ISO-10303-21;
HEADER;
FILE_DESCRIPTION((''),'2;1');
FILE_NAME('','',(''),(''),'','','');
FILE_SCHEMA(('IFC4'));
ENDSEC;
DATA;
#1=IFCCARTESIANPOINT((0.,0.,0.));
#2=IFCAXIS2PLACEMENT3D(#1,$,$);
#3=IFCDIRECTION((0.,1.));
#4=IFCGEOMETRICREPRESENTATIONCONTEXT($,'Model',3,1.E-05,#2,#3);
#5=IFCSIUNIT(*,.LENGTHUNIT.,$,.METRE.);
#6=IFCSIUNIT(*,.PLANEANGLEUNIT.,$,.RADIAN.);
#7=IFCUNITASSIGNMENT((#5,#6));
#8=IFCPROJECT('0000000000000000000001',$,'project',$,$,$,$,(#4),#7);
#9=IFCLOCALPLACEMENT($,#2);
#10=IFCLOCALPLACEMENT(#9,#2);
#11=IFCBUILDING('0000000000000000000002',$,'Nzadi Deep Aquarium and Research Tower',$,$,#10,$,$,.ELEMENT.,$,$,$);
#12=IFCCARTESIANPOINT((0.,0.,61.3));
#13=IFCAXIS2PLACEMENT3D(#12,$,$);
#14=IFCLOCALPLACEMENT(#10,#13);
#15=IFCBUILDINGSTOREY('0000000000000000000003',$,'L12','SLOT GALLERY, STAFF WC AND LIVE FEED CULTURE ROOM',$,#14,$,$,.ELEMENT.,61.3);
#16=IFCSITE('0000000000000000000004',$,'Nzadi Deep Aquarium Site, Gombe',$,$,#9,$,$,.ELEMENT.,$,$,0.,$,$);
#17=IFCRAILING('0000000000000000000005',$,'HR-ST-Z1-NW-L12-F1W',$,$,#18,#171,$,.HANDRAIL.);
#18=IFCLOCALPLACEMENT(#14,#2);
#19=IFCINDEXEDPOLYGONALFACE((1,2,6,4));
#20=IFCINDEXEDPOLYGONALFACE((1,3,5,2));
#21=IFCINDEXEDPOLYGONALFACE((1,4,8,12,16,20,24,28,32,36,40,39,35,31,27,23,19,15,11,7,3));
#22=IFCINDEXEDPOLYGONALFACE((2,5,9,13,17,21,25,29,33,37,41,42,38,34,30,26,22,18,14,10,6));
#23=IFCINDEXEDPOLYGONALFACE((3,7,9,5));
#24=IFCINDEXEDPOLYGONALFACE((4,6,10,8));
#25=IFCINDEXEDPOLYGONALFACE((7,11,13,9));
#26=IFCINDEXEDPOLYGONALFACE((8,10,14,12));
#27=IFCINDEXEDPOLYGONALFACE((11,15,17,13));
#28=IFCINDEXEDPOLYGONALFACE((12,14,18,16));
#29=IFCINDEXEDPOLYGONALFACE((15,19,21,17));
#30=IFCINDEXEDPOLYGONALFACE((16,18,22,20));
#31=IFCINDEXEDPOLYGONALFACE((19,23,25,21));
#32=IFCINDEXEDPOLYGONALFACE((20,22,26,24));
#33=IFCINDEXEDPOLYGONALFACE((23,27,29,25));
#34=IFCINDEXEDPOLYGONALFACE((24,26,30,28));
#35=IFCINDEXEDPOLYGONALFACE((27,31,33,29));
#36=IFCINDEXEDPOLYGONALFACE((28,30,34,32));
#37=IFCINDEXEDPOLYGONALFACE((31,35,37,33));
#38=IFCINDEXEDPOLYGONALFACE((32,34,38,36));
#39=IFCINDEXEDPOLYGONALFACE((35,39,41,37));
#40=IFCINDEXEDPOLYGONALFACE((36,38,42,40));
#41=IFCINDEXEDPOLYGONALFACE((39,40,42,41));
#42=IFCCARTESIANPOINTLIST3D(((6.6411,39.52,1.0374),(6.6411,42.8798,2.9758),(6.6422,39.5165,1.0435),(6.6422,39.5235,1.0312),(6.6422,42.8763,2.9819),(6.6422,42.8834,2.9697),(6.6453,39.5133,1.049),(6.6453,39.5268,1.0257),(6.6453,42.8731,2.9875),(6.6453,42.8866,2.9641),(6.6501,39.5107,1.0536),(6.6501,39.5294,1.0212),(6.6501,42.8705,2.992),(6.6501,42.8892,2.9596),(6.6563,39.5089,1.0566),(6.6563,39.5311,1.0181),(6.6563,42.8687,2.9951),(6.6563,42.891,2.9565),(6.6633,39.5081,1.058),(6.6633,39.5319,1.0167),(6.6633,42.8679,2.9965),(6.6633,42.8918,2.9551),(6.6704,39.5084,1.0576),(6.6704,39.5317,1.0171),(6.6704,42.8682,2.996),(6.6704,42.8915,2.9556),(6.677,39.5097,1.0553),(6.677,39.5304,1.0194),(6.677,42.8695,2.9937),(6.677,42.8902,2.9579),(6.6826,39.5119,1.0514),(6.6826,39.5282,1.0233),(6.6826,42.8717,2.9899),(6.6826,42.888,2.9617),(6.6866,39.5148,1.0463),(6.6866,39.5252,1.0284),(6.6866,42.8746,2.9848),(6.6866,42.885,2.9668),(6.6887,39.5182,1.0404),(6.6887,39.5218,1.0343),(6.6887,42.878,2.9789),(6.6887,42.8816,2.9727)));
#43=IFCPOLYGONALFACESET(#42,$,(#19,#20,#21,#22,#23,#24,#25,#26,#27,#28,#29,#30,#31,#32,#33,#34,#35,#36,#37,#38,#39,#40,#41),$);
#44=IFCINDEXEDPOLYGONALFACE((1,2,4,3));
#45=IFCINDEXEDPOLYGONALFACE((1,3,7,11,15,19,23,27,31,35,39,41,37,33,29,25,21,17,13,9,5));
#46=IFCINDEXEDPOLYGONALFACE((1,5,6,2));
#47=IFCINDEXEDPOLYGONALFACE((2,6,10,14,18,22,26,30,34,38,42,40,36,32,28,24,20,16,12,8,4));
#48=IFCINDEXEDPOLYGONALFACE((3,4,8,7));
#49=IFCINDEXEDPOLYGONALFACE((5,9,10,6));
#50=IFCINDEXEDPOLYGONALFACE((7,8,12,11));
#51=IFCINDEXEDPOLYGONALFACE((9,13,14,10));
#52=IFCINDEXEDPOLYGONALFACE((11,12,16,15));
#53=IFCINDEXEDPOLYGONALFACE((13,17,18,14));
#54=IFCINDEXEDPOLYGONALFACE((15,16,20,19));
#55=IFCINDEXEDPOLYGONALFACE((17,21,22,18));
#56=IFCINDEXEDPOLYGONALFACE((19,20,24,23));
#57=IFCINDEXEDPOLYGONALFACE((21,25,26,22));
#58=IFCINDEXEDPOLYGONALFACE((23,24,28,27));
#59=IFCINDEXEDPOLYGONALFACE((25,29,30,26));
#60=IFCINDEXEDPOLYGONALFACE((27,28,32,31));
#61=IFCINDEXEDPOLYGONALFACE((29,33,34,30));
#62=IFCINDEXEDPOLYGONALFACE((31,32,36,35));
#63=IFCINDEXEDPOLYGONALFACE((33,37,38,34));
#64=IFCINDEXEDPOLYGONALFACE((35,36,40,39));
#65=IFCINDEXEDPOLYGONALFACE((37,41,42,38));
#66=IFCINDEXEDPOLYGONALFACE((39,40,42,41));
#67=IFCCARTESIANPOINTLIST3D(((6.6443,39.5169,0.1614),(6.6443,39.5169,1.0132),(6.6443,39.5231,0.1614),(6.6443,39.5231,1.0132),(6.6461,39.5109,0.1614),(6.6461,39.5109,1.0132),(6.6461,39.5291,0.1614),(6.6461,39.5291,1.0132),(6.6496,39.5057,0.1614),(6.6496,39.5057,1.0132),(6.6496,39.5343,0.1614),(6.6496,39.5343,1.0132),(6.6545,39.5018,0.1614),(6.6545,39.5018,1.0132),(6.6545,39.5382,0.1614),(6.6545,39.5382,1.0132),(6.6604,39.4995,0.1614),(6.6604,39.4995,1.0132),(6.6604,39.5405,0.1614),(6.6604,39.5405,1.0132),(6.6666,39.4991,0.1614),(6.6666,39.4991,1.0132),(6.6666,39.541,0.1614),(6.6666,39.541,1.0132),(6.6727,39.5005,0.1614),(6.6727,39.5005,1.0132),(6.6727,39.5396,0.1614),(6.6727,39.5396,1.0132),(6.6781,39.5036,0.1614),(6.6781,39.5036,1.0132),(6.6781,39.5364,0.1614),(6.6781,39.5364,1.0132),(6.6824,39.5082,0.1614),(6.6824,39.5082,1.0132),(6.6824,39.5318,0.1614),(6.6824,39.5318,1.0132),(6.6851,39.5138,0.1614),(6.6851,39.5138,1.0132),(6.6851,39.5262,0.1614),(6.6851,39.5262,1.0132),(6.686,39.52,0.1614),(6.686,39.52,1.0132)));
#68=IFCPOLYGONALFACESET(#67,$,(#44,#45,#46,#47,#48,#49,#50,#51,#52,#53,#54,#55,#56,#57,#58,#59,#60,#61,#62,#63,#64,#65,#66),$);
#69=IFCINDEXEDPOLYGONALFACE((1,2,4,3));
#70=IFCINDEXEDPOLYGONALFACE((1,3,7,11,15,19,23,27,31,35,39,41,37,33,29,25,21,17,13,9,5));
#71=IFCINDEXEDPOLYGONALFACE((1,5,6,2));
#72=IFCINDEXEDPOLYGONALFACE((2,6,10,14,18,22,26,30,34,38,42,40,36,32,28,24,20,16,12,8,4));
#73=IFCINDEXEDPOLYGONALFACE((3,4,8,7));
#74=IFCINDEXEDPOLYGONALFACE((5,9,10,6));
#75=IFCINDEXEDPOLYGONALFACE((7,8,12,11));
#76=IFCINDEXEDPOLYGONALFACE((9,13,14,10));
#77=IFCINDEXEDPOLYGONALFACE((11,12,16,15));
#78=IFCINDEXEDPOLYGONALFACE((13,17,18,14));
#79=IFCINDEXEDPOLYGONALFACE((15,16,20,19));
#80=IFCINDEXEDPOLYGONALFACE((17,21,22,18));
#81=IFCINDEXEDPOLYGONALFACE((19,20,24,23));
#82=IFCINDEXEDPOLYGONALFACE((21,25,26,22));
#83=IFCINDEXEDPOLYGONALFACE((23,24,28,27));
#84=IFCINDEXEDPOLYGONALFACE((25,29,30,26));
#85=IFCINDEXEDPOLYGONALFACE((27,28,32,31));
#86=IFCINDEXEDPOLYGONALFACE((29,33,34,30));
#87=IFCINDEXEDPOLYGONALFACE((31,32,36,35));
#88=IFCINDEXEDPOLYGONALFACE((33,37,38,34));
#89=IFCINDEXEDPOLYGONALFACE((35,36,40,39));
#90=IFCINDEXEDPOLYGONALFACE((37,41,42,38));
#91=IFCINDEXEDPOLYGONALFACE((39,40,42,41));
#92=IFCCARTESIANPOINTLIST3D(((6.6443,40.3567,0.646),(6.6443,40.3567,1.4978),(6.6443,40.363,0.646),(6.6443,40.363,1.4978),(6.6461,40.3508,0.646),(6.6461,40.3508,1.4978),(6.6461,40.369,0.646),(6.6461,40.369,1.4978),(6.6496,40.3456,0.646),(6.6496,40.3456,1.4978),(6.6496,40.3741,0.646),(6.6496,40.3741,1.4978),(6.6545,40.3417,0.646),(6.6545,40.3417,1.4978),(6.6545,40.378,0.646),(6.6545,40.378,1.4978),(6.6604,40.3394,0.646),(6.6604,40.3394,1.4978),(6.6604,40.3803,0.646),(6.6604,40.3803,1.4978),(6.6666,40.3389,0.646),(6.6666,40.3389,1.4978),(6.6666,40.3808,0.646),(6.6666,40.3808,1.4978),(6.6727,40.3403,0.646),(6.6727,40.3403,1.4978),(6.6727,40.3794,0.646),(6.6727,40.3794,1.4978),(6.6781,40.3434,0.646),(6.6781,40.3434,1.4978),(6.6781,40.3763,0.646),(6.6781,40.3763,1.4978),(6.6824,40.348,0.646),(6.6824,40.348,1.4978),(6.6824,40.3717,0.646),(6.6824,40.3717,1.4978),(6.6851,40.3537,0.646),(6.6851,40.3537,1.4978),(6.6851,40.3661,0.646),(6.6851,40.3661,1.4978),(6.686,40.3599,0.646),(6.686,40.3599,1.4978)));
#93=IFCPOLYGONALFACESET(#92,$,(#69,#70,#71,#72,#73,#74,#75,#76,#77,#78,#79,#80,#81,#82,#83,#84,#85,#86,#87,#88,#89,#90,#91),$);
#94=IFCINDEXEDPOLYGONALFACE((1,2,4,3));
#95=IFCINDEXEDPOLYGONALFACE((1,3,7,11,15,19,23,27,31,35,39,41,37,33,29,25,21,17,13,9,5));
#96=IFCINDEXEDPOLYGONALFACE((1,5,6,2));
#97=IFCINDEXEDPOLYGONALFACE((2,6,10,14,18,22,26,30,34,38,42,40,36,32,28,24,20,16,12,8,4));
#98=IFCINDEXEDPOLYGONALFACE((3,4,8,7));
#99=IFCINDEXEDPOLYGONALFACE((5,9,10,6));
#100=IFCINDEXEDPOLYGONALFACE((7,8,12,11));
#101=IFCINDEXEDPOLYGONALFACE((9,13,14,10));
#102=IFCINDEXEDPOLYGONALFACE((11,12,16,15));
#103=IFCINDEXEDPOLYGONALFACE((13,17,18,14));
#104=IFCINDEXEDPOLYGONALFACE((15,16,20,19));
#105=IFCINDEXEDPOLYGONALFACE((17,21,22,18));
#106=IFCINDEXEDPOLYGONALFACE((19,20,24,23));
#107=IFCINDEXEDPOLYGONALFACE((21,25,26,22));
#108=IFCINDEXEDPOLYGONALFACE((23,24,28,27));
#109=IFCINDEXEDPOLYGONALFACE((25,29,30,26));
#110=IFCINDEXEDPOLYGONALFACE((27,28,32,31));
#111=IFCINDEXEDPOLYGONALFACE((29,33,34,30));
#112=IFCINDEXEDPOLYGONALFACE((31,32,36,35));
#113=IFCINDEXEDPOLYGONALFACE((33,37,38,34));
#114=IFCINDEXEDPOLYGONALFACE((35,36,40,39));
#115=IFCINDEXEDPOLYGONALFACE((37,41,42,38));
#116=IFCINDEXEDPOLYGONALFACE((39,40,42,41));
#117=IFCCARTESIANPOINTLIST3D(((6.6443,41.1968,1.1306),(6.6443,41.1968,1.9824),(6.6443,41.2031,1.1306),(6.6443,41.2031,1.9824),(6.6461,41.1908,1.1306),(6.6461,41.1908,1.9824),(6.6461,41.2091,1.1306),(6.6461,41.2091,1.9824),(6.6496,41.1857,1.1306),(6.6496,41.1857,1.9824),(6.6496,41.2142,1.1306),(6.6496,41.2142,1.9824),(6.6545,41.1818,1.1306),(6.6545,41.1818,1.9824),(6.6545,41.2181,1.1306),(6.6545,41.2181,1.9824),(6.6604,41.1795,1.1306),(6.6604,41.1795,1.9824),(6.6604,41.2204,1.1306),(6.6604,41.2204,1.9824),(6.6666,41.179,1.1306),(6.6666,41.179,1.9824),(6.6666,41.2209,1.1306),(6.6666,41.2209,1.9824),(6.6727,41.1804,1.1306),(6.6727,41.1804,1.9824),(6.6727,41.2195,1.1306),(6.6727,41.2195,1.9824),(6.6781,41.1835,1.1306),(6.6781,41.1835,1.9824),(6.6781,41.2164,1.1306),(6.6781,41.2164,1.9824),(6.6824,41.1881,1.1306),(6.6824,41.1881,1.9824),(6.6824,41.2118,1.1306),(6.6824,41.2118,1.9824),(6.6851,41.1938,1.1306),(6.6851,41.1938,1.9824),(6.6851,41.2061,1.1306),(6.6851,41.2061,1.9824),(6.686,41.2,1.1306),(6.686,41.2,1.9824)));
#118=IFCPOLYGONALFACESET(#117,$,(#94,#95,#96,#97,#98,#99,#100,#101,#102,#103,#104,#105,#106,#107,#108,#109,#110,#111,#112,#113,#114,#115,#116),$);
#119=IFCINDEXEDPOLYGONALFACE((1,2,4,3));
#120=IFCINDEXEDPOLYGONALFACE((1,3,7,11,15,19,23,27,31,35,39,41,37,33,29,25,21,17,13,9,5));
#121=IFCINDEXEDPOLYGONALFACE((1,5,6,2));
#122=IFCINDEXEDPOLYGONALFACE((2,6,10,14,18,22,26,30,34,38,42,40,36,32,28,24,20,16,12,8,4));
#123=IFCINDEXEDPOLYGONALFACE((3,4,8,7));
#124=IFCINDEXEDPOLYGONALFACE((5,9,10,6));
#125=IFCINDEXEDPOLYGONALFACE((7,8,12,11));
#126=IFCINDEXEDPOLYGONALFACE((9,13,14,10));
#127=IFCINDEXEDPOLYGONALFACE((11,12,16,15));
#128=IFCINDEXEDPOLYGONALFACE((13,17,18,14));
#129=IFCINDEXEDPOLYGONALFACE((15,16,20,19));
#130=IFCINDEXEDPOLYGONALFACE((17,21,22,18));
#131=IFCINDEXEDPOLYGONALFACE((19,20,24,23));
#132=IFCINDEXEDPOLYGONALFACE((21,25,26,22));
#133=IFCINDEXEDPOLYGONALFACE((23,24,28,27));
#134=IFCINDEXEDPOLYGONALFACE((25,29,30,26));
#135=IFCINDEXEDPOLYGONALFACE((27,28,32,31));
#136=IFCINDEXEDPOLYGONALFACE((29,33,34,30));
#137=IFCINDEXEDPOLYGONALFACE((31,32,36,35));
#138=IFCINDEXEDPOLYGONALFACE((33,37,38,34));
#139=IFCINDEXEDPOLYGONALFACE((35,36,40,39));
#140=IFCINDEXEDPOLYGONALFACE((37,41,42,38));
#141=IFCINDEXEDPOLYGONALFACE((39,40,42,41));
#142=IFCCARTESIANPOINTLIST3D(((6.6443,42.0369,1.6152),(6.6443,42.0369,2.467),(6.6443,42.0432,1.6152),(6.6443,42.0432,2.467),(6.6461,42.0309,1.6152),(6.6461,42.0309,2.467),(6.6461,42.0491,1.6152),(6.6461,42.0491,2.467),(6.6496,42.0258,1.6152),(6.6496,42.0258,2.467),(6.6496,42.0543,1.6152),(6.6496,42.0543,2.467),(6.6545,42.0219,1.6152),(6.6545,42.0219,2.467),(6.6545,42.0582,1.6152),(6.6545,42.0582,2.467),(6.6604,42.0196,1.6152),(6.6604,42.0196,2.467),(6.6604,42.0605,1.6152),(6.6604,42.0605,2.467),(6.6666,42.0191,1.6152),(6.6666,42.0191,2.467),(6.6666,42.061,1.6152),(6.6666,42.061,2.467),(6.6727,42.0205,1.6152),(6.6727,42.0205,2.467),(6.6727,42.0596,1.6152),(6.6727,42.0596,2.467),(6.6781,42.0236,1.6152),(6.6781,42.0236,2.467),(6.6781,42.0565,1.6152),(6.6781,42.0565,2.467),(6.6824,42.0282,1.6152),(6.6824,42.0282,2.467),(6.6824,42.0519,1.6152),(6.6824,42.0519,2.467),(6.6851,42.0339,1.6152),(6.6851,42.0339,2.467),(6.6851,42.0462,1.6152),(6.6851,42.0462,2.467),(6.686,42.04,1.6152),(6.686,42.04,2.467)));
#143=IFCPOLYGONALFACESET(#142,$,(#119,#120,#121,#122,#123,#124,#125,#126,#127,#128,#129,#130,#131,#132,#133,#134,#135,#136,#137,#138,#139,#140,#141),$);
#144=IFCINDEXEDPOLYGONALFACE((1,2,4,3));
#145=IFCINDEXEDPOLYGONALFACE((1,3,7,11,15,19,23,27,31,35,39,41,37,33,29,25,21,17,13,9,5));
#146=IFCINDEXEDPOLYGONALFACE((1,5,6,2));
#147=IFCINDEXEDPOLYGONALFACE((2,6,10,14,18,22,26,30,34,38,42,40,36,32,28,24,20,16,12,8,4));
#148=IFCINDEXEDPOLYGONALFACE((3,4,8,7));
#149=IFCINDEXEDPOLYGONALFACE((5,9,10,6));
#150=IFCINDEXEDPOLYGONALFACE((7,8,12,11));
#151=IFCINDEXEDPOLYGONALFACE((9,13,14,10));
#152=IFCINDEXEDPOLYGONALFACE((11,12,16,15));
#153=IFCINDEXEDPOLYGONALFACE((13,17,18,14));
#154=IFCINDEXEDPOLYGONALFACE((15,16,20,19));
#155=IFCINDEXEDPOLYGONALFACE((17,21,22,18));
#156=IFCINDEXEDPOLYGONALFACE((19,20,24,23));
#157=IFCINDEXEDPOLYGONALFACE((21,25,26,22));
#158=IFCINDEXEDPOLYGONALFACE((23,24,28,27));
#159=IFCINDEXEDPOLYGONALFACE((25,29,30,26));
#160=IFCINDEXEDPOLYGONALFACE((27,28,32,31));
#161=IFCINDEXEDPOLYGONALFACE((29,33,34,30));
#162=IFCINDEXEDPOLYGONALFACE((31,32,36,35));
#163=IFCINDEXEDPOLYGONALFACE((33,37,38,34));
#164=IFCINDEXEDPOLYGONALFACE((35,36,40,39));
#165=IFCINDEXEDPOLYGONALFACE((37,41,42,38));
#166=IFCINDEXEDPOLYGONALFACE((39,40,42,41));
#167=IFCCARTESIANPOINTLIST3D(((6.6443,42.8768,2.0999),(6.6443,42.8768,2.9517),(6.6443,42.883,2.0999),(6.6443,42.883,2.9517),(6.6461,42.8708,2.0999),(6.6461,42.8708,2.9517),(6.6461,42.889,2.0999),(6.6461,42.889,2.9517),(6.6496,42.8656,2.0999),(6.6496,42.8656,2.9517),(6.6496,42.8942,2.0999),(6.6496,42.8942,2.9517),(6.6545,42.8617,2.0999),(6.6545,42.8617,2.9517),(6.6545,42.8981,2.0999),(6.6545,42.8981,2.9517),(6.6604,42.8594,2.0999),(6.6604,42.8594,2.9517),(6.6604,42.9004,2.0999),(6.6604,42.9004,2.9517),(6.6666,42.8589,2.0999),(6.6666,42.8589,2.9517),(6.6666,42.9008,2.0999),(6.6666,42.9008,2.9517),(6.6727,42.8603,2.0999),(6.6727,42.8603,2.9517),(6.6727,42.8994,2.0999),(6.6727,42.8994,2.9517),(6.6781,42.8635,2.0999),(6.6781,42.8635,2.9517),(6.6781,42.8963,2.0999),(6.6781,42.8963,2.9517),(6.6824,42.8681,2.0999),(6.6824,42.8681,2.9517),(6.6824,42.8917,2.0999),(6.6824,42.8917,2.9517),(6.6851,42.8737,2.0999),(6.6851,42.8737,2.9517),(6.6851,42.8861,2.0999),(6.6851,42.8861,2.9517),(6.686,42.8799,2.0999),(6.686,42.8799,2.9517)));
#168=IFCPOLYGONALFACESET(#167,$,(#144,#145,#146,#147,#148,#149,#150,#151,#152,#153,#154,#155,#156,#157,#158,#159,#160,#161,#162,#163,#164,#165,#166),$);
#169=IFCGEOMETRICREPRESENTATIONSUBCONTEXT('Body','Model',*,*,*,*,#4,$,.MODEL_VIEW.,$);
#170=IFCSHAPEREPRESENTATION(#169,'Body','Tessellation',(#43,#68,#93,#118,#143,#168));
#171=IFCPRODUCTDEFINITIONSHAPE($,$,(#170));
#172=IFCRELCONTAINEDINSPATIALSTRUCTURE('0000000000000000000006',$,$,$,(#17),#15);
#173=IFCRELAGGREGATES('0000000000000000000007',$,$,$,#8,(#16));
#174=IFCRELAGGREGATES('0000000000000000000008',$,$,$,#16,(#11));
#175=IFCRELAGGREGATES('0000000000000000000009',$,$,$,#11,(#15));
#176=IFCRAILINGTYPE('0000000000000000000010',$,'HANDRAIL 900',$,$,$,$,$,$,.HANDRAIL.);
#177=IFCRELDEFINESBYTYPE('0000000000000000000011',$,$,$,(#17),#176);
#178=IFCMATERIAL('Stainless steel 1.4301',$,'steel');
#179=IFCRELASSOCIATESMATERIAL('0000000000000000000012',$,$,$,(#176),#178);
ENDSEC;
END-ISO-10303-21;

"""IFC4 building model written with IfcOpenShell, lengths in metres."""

from ifc_helpers import new_model, si_unit, direction, frame, origin, origin_2d, place, context, subcontext, project, spatial, circle, extrude, material, type_object, element, save


model = new_model("IFC4")

# Units and contexts
model_context = context("Model", 3, precision=1e-05, world=origin(), true_north=direction((0.0, 1.0)))
body_context = subcontext(model_context, "Body", "Model", "MODEL_VIEW")
ifc_project = project(units=[si_unit("LENGTHUNIT", "METRE"), si_unit("PLANEANGLEUNIT", "RADIAN")], contexts=[model_context])

# Site, building, storey
site_placement = place(None, origin())
site = spatial("IfcSite", under=ifc_project, at=site_placement, Name="Nzadi Deep Aquarium Site, Gombe", CompositionType="ELEMENT", RefElevation=0.0)
building_placement = place(site_placement, origin())
building = spatial("IfcBuilding", under=site, at=building_placement, Name="Nzadi Deep Aquarium and Research Tower", CompositionType="ELEMENT")
storey_placement = place(building_placement, frame((0.0, 0.0, 61.3)))
storey = spatial("IfcBuildingStorey", under=building, at=storey_placement, Name="L12", Description="SLOT GALLERY, STAFF WC AND LIVE FEED CULTURE ROOM", CompositionType="ELEMENT", Elevation=61.3)

# Railing
ifc_material_1 = material(Name="Stainless steel 1.4301", Category="steel")
railing_type = type_object("IfcRailingType", Name="HANDRAIL 900", PredefinedType="HANDRAIL", material=ifc_material_1)
for number, where, name in (
    (1, (6.665, 39.52, 0.1614), "HR-ST-Z1-NW-L12-F1W"),
):
    element("IfcRailing", number, at=place(storey_placement, frame(where)), inside=storey, type_object=railing_type, Name=name, PredefinedType="HANDRAIL", context=body_context, shape_type="SweptSolid", body=[
        extrude(circle(Radius=0.0239, at=origin_2d()), frame((0.0, 0.0, 0.876), z_axis=(0.0, 0.866175, 0.499741), x_axis=(-1.0, 0.0, 0.0)), (0.0, 0.0, 1.0), 3.8789),
        extrude(circle(Radius=0.021, at=origin_2d()), origin(), (0.0, 0.0, 1.0), 0.8518),
        extrude(circle(Radius=0.021, at=origin_2d()), frame((0.0, 0.8398, 0.4846)), (0.0, 0.0, 1.0), 0.8518),
        extrude(circle(Radius=0.021, at=origin_2d()), frame((0.0, 1.6799, 0.9692)), (0.0, 0.0, 1.0), 0.8518),
        extrude(circle(Radius=0.021, at=origin_2d()), frame((0.0, 2.52, 1.4539)), (0.0, 0.0, 1.0), 0.8518),
        extrude(circle(Radius=0.021, at=origin_2d()), frame((0.0, 3.3599, 1.9385)), (0.0, 0.0, 1.0), 0.8518),
    ])

save(model, "model.ifc")
